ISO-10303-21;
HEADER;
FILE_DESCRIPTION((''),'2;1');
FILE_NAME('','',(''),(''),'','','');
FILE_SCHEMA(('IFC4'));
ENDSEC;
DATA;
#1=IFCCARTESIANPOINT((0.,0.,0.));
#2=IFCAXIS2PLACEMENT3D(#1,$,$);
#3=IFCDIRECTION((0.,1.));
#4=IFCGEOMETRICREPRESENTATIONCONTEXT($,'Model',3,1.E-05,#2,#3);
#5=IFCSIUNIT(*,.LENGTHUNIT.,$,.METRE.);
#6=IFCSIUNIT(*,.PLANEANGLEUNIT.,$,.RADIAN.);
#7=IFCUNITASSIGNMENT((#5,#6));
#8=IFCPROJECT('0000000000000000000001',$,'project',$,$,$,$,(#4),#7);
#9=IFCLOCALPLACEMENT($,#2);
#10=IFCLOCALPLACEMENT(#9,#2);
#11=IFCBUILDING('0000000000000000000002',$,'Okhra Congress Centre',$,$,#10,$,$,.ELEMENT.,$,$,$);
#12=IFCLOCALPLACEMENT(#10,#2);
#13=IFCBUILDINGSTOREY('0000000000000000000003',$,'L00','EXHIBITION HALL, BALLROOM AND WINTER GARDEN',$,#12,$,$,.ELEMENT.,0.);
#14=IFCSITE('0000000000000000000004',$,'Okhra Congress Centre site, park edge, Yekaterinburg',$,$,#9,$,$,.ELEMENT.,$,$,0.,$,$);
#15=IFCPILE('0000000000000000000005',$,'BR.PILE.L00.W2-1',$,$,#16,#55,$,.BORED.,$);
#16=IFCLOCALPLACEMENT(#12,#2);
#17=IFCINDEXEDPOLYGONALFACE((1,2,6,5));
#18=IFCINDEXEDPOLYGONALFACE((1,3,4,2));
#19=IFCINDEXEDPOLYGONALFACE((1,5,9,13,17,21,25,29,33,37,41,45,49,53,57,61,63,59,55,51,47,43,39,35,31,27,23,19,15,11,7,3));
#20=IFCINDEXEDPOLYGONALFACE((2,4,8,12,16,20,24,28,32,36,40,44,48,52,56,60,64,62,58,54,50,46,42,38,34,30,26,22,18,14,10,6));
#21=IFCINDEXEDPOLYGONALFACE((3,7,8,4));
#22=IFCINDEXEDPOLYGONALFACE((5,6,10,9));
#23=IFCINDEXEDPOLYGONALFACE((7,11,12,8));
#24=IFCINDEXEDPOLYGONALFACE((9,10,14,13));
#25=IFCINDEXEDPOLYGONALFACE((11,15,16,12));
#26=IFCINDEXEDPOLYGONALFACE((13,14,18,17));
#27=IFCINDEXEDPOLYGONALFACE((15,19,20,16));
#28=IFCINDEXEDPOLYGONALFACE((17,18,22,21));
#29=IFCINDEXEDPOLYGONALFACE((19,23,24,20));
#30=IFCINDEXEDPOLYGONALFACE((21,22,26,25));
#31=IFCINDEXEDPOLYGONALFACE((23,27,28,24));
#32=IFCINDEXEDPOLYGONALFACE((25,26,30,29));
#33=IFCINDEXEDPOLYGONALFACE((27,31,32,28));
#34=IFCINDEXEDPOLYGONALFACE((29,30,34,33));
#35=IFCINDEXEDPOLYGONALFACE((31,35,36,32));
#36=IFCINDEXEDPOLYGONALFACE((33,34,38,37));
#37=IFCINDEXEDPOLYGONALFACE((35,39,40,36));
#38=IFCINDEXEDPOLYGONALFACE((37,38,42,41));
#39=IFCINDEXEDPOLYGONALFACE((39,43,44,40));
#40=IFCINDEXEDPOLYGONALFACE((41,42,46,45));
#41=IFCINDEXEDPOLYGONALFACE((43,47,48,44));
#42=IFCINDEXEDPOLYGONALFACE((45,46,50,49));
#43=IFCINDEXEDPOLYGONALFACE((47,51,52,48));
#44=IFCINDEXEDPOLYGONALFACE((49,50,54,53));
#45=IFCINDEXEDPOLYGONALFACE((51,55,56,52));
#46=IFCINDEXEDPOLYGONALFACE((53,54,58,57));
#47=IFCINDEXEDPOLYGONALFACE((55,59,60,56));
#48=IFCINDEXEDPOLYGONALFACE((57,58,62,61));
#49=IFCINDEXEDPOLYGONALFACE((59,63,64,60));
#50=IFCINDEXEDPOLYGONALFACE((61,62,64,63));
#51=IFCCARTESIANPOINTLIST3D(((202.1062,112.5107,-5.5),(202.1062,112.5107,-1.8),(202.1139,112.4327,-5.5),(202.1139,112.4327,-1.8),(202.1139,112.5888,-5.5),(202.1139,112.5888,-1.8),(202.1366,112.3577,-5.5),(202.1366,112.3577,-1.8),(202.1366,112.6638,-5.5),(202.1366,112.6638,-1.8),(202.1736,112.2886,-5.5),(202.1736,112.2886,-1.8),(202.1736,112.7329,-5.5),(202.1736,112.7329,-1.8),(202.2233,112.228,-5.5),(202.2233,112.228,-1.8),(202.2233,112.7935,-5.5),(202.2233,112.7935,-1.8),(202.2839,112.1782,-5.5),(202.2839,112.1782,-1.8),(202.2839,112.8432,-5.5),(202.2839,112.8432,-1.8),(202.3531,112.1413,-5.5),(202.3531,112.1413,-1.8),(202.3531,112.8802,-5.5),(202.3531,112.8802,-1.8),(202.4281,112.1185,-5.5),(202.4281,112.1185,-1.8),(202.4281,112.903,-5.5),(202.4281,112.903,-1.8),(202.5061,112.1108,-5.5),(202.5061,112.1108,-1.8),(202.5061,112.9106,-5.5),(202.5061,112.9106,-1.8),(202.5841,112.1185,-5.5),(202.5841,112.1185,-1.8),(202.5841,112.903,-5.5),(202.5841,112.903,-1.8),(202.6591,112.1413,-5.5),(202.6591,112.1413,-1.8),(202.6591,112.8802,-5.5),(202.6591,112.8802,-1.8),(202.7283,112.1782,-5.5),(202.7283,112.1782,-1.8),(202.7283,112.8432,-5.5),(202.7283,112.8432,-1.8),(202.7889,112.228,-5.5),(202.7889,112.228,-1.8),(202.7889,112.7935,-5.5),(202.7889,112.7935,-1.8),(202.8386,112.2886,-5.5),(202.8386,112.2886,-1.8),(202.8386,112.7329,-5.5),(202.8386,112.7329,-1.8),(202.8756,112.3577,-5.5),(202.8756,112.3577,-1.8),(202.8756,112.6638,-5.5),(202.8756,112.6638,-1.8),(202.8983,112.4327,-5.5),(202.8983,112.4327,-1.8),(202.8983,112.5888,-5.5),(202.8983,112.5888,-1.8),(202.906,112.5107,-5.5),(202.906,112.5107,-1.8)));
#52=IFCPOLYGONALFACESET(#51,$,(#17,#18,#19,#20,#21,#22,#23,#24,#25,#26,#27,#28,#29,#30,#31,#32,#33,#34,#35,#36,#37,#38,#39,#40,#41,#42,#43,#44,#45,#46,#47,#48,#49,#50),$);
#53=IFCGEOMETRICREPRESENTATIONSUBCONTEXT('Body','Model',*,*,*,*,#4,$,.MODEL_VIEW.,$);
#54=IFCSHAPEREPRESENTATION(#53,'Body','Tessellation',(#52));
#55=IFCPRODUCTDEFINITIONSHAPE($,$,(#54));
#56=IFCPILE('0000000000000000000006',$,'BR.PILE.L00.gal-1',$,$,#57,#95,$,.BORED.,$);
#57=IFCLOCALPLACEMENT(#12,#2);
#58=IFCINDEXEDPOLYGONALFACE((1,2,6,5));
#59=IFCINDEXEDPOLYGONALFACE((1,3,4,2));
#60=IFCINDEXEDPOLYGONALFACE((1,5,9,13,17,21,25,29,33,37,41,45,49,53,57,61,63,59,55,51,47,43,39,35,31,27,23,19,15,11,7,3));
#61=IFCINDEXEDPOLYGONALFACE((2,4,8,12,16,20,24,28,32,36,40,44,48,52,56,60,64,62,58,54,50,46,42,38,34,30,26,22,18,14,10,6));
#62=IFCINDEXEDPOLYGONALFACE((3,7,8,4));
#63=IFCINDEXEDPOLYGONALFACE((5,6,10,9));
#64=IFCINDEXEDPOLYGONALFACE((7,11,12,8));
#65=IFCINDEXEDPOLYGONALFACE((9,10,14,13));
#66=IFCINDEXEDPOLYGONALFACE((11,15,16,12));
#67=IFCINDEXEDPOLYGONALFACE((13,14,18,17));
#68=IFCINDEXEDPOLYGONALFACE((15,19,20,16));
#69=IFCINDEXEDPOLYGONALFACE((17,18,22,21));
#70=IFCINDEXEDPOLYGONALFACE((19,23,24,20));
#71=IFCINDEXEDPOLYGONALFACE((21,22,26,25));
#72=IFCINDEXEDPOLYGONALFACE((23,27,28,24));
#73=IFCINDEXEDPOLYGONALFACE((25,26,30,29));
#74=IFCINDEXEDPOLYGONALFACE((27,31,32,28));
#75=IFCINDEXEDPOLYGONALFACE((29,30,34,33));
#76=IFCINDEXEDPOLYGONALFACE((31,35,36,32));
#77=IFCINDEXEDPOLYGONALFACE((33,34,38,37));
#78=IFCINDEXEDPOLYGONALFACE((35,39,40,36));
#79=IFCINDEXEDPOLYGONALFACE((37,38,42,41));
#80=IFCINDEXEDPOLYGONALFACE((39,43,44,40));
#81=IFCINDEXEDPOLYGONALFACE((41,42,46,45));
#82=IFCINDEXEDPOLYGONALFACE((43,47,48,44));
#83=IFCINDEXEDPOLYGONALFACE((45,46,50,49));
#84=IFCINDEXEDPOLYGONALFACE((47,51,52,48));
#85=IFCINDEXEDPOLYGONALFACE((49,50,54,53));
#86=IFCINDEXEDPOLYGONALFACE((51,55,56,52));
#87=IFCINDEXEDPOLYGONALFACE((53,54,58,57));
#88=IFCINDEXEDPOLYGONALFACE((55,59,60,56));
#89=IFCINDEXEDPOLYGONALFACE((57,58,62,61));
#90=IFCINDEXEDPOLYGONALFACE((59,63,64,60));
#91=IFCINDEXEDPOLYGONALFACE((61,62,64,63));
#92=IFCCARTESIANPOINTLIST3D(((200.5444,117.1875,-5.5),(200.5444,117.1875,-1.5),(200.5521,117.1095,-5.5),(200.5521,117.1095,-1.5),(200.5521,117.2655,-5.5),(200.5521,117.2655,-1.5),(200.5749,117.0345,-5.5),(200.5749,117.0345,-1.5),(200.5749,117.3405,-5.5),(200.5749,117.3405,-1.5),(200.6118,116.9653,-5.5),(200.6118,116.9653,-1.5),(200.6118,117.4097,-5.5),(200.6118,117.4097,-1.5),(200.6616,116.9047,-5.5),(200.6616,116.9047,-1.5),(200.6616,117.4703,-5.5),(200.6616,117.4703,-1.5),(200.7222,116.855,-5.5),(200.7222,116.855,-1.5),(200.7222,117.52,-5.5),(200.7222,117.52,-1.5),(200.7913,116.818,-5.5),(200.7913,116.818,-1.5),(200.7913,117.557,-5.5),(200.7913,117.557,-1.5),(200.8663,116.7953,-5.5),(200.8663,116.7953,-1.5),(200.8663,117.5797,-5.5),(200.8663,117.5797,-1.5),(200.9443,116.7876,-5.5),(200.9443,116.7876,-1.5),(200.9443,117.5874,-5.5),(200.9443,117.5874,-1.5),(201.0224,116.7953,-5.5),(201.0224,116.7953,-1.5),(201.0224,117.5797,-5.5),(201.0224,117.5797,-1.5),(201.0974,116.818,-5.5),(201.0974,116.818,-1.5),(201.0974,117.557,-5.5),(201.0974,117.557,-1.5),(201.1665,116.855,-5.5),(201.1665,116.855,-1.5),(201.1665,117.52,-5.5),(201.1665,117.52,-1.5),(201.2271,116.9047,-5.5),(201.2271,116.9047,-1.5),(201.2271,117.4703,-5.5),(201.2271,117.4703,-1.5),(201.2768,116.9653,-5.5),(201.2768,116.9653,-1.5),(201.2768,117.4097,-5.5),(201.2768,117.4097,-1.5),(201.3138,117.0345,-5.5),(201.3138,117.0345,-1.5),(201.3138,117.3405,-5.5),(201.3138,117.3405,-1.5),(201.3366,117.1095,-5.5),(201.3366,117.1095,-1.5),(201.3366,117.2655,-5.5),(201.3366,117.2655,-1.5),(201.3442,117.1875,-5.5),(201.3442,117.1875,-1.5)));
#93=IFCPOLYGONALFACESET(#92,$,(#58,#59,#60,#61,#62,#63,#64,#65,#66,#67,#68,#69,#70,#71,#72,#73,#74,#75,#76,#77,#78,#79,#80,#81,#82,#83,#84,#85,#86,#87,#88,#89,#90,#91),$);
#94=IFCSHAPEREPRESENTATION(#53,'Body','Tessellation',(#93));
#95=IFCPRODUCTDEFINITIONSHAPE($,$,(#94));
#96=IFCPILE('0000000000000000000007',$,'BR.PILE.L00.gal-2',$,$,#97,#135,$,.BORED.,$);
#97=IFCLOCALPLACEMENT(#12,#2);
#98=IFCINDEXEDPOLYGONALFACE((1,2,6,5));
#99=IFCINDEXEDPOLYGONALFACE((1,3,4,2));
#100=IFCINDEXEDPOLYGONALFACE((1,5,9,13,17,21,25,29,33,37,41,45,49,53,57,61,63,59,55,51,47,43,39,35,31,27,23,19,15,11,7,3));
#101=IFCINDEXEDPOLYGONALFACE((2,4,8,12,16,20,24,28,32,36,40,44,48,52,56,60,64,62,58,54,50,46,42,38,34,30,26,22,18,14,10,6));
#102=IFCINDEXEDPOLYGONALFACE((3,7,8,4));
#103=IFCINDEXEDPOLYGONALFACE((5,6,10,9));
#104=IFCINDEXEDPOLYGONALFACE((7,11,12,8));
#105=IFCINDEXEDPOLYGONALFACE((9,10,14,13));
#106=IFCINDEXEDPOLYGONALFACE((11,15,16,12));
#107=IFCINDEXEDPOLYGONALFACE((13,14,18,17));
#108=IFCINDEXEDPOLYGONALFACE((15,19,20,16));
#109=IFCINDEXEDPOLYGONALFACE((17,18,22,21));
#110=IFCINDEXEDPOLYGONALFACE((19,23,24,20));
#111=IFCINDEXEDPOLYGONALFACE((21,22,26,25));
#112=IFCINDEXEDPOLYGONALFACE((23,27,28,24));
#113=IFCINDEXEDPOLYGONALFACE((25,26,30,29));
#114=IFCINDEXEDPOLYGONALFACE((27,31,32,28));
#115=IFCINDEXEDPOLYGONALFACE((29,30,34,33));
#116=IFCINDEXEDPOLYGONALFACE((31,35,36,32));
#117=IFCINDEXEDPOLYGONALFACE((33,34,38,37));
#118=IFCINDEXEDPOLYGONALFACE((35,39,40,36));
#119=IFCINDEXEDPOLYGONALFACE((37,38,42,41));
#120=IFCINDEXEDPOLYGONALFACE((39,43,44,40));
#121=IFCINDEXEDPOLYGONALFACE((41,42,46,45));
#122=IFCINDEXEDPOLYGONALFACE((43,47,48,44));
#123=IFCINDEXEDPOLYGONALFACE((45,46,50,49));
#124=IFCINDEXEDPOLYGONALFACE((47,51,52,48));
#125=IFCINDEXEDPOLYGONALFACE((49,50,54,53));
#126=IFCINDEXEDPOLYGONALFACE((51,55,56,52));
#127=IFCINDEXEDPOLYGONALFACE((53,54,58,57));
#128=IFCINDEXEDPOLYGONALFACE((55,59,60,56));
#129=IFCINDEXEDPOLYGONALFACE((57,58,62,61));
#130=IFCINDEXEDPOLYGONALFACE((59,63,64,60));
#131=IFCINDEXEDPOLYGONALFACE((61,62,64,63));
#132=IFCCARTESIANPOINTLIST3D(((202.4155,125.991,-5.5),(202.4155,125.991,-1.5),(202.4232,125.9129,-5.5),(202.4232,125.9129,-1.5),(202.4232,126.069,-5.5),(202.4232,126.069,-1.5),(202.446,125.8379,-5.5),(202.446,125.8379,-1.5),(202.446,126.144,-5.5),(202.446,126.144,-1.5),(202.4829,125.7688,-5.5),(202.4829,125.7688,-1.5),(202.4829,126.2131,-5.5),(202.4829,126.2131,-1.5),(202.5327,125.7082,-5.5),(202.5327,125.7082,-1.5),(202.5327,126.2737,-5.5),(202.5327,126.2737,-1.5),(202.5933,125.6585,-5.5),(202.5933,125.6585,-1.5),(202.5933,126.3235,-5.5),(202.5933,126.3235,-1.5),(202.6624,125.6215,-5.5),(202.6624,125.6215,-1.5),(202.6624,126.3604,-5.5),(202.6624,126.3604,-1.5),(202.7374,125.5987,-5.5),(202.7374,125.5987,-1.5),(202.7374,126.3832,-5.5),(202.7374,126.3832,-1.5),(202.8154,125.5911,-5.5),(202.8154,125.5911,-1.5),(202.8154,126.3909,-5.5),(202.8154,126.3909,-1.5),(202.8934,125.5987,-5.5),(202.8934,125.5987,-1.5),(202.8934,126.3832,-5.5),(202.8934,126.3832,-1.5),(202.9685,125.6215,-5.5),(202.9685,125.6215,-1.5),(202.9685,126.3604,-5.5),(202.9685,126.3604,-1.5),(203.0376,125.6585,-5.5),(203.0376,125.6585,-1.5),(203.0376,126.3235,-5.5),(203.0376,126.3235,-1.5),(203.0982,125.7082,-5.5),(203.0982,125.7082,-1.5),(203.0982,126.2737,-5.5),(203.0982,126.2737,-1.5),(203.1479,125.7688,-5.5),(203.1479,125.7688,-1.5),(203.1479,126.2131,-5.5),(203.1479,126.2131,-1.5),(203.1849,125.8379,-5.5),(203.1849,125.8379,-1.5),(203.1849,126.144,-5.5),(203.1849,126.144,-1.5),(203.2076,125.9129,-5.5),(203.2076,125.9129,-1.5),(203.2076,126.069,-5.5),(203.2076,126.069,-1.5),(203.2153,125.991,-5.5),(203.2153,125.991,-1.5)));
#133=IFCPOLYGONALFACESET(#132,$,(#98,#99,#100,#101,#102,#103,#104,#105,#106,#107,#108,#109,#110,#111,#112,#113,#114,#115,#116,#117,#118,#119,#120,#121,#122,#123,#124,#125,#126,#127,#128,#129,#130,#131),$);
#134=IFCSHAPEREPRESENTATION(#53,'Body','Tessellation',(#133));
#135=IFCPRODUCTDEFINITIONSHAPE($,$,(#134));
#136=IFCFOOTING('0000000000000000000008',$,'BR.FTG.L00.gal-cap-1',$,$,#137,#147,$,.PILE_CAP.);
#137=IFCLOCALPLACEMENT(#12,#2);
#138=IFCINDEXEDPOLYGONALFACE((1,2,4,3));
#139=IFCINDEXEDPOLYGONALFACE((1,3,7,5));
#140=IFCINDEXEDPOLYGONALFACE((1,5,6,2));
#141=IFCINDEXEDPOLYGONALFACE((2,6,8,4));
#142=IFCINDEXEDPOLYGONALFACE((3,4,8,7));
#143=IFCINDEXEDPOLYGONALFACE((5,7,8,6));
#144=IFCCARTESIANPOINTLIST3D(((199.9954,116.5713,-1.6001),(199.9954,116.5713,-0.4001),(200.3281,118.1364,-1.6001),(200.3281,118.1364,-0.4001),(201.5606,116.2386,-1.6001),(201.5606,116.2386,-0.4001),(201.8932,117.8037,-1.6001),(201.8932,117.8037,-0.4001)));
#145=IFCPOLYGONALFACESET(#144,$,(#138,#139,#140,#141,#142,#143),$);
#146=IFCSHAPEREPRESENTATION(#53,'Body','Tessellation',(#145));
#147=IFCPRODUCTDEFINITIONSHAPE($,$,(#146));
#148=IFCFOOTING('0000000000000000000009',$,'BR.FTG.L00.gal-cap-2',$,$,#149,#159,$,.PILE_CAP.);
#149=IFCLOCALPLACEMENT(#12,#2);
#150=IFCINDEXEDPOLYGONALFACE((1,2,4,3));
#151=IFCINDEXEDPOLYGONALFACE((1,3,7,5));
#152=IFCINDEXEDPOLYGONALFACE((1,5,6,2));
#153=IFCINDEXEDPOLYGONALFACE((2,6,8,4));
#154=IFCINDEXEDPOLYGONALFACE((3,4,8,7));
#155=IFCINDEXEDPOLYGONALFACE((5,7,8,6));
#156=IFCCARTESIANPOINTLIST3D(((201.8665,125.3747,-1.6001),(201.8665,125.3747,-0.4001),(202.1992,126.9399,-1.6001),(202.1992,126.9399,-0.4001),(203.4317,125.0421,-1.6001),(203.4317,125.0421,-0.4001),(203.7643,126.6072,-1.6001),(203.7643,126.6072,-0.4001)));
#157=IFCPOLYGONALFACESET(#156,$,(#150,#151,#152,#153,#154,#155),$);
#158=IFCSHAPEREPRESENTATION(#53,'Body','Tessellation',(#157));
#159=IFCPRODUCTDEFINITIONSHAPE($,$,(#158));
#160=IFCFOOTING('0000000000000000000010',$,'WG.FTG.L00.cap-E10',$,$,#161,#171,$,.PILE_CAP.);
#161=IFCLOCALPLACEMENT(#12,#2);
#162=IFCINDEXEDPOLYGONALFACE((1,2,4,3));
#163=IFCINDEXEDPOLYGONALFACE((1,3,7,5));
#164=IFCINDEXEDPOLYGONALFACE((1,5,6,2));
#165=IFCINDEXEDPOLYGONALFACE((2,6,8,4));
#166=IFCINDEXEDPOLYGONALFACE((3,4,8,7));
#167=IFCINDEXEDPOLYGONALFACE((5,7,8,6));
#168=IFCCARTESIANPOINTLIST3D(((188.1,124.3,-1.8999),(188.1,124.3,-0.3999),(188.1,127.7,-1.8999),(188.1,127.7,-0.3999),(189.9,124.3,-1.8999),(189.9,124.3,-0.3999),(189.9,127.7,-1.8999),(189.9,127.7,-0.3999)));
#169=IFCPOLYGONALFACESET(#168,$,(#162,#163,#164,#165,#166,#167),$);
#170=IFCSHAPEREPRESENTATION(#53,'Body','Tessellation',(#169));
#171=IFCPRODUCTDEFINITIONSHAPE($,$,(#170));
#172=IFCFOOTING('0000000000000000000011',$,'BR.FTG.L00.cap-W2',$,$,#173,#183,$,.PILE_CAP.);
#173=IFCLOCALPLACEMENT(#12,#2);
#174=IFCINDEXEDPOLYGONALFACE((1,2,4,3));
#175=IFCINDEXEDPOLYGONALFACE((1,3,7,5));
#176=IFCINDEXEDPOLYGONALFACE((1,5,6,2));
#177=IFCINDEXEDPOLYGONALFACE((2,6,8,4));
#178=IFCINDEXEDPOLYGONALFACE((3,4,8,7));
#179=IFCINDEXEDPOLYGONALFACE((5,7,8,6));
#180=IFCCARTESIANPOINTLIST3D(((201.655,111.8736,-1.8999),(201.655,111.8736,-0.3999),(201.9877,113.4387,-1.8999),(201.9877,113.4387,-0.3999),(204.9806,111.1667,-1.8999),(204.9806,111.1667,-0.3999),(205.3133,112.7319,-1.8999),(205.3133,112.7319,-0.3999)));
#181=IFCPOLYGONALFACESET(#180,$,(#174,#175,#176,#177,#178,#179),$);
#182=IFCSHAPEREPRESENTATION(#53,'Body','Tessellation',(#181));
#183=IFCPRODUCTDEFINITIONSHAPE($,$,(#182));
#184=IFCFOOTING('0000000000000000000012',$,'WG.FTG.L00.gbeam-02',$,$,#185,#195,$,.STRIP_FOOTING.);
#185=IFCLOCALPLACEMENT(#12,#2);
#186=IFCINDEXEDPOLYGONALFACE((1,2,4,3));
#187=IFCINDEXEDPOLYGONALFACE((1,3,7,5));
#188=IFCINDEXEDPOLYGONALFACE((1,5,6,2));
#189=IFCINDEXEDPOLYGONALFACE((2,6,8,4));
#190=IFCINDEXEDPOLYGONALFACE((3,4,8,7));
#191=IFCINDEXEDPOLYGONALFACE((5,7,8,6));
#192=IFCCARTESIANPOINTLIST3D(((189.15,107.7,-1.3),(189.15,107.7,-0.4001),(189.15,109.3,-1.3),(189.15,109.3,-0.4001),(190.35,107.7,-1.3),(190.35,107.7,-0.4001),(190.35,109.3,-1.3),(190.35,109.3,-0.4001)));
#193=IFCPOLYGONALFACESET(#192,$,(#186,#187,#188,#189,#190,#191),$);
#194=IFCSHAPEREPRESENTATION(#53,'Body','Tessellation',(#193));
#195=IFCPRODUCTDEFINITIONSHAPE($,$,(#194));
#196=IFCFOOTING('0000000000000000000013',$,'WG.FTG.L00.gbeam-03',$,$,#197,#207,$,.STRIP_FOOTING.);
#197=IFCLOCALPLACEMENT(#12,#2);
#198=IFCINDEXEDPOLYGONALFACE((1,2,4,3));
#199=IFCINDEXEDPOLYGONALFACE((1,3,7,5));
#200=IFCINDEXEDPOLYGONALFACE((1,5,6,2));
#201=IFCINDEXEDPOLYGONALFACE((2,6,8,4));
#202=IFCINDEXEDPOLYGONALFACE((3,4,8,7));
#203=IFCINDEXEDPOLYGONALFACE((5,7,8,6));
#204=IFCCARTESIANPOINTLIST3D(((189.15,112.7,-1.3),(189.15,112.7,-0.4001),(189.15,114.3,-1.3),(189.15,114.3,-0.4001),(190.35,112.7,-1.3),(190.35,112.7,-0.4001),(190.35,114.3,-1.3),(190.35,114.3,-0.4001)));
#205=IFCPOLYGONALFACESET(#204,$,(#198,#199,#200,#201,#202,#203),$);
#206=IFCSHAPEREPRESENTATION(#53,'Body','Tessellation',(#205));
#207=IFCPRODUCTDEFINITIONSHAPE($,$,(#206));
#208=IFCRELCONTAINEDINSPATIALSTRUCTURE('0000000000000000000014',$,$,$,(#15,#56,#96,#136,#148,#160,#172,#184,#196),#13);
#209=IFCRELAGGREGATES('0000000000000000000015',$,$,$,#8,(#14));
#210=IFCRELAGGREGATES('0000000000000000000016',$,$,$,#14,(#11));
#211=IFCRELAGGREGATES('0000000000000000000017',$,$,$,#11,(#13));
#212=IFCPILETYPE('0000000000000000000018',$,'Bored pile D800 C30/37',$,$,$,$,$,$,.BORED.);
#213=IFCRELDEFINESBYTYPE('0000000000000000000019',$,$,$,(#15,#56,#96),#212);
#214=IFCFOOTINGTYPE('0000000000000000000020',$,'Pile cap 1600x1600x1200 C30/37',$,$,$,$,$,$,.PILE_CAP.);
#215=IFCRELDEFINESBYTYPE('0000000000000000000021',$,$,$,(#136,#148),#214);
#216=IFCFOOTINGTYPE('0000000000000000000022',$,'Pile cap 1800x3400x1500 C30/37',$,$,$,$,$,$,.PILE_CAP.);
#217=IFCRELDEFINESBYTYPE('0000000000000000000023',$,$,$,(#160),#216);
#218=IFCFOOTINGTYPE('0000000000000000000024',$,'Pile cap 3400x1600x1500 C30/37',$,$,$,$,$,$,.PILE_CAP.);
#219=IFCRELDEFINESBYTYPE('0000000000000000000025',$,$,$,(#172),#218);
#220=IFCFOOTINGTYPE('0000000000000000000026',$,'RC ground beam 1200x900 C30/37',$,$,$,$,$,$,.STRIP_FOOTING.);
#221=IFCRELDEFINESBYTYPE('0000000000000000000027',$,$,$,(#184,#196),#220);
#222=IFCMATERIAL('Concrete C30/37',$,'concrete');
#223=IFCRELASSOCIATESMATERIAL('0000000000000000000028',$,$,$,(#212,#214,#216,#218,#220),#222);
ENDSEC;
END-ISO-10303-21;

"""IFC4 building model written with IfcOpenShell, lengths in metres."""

from ifc_helpers import new_model, si_unit, direction, frame, origin, origin_2d, place, context, subcontext, project, spatial, rectangle, circle, extrude, material, material_profile, profile_set, type_object, element, save


model = new_model("IFC4")

# Units and contexts
model_context = context("Model", 3, precision=1e-05, world=origin(), true_north=direction((0.0, 1.0)))
body_context = subcontext(model_context, "Body", "Model", "MODEL_VIEW")
ifc_project = project(units=[si_unit("LENGTHUNIT", "METRE"), si_unit("PLANEANGLEUNIT", "RADIAN")], contexts=[model_context])

# Site, building, storey
site_placement = place(None, origin())
site = spatial("IfcSite", under=ifc_project, at=site_placement, Name="Okhra Congress Centre site, park edge, Yekaterinburg", CompositionType="ELEMENT", RefElevation=0.0)
building_placement = place(site_placement, origin())
building = spatial("IfcBuilding", under=site, at=building_placement, Name="Okhra Congress Centre", CompositionType="ELEMENT")
storey_placement = place(building_placement, origin())
storey = spatial("IfcBuildingStorey", under=building, at=storey_placement, Name="L00", Description="EXHIBITION HALL, BALLROOM AND WINTER GARDEN", CompositionType="ELEMENT", Elevation=0.0)

# Piles
ifc_material_1 = material(Name="Concrete C30/37", Category="concrete")
ifc_material_profile_1 = material_profile(ifc_material_1, circle(Radius=0.3999, at=origin_2d()), Name="D800")
ifc_profile_set_1 = profile_set([ifc_material_profile_1], Name="Concrete C30/37")
pile_type = type_object("IfcPileType", Name="Bored pile D800 C30/37", PredefinedType="BORED", material=ifc_profile_set_1)
pile_placement = place(storey_placement, frame((202.5061, 112.5107, -1.8), z_axis=(0.0, 0.0, -1.0), x_axis=(1.0, 0.0, 0.0)))
element("IfcPile", 1, at=pile_placement, inside=storey, type_object=pile_type, Name="BR.PILE.L00.W2-1", PredefinedType="BORED", context=body_context, shape_type="SweptSolid", body=[
    extrude(circle(Radius=0.3999, at=origin_2d()), origin(), (0.0, 0.0, 1.0), 3.7),
])
for number, where, z_axis, x_axis, name in (
    (2, (200.9443, 117.1875, -1.5), (0.0, 0.0, -1.0), (1.0, 0.0, 0.0), "BR.PILE.L00.gal-1"),
    (3, (202.8154, 125.991, -1.5), (0.0, 0.0, -1.0), (1.0, 0.0, 0.0), "BR.PILE.L00.gal-2"),
):
    element("IfcPile", number, at=place(storey_placement, frame(where, z_axis=z_axis, x_axis=x_axis)), inside=storey, type_object=pile_type, Name=name, PredefinedType="BORED", context=body_context, shape_type="SweptSolid", body=[
        extrude(circle(Radius=0.3999, at=origin_2d()), origin(), (0.0, 0.0, 1.0), 4.0),
    ])

# Footings
footing_type_1 = type_object("IfcFootingType", Name="Pile cap 1600x1600x1200 C30/37", PredefinedType="PILE_CAP", material=ifc_material_1)
for number, where, z_axis, x_axis, name in (
    (4, (200.9443, 117.1875, -1.6001), (0.0, 0.0, 1.0), (0.978148, -0.207912, 0.0), "BR.FTG.L00.gal-cap-1"),
    (5, (202.8154, 125.991, -1.6001), (0.0, 0.0, 1.0), (0.978148, -0.207912, 0.0), "BR.FTG.L00.gal-cap-2"),
):
    element("IfcFooting", number, at=place(storey_placement, frame(where, z_axis=z_axis, x_axis=x_axis)), inside=storey, type_object=footing_type_1, Name=name, PredefinedType="PILE_CAP", context=body_context, shape_type="SweptSolid", body=[
        extrude(rectangle(XDim=1.6001, YDim=1.6001, at=origin_2d()), origin(), (0.0, 0.0, 1.0), 1.2),
    ])
footing_type_2 = type_object("IfcFootingType", Name="Pile cap 1800x3400x1500 C30/37", PredefinedType="PILE_CAP", material=ifc_material_1)
footing_1_placement = place(storey_placement, frame((189.0, 126.0, -1.8999), z_axis=(0.0, 0.0, 1.0), x_axis=(1.0, 0.0, 0.0)))
element("IfcFooting", 6, at=footing_1_placement, inside=storey, type_object=footing_type_2, Name="WG.FTG.L00.cap-E10", PredefinedType="PILE_CAP", context=body_context, shape_type="SweptSolid", body=[
    extrude(rectangle(XDim=1.8, YDim=3.3999, at=origin_2d()), origin(), (0.0, 0.0, 1.0), 1.5),
])
footing_type_3 = type_object("IfcFootingType", Name="Pile cap 3400x1600x1500 C30/37", PredefinedType="PILE_CAP", material=ifc_material_1)
footing_2_placement = place(storey_placement, frame((203.4841, 112.3027, -1.8999), z_axis=(0.0, 0.0, 1.0), x_axis=(0.978148, -0.207912, 0.0)))
element("IfcFooting", 7, at=footing_2_placement, inside=storey, type_object=footing_type_3, Name="BR.FTG.L00.cap-W2", PredefinedType="PILE_CAP", context=body_context, shape_type="SweptSolid", body=[
    extrude(rectangle(XDim=3.3999, YDim=1.6001, at=origin_2d()), origin(), (0.0, 0.0, 1.0), 1.5),
])
footing_type_4 = type_object("IfcFootingType", Name="RC ground beam 1200x900 C30/37", PredefinedType="STRIP_FOOTING", material=ifc_material_1)
for number, where, z_axis, x_axis, name in (
    (8, (189.75, 108.5, -1.3), (0.0, 0.0, 1.0), (1.0, 0.0, 0.0), "WG.FTG.L00.gbeam-02"),
    (9, (189.75, 113.5, -1.3), (0.0, 0.0, 1.0), (1.0, 0.0, 0.0), "WG.FTG.L00.gbeam-03"),
):
    element("IfcFooting", number, at=place(storey_placement, frame(where, z_axis=z_axis, x_axis=x_axis)), inside=storey, type_object=footing_type_4, Name=name, PredefinedType="STRIP_FOOTING", context=body_context, shape_type="SweptSolid", body=[
        extrude(rectangle(XDim=1.2, YDim=1.6001, at=origin_2d()), origin(), (0.0, 0.0, 1.0), 0.8999),
    ])

save(model, "model.ifc")
